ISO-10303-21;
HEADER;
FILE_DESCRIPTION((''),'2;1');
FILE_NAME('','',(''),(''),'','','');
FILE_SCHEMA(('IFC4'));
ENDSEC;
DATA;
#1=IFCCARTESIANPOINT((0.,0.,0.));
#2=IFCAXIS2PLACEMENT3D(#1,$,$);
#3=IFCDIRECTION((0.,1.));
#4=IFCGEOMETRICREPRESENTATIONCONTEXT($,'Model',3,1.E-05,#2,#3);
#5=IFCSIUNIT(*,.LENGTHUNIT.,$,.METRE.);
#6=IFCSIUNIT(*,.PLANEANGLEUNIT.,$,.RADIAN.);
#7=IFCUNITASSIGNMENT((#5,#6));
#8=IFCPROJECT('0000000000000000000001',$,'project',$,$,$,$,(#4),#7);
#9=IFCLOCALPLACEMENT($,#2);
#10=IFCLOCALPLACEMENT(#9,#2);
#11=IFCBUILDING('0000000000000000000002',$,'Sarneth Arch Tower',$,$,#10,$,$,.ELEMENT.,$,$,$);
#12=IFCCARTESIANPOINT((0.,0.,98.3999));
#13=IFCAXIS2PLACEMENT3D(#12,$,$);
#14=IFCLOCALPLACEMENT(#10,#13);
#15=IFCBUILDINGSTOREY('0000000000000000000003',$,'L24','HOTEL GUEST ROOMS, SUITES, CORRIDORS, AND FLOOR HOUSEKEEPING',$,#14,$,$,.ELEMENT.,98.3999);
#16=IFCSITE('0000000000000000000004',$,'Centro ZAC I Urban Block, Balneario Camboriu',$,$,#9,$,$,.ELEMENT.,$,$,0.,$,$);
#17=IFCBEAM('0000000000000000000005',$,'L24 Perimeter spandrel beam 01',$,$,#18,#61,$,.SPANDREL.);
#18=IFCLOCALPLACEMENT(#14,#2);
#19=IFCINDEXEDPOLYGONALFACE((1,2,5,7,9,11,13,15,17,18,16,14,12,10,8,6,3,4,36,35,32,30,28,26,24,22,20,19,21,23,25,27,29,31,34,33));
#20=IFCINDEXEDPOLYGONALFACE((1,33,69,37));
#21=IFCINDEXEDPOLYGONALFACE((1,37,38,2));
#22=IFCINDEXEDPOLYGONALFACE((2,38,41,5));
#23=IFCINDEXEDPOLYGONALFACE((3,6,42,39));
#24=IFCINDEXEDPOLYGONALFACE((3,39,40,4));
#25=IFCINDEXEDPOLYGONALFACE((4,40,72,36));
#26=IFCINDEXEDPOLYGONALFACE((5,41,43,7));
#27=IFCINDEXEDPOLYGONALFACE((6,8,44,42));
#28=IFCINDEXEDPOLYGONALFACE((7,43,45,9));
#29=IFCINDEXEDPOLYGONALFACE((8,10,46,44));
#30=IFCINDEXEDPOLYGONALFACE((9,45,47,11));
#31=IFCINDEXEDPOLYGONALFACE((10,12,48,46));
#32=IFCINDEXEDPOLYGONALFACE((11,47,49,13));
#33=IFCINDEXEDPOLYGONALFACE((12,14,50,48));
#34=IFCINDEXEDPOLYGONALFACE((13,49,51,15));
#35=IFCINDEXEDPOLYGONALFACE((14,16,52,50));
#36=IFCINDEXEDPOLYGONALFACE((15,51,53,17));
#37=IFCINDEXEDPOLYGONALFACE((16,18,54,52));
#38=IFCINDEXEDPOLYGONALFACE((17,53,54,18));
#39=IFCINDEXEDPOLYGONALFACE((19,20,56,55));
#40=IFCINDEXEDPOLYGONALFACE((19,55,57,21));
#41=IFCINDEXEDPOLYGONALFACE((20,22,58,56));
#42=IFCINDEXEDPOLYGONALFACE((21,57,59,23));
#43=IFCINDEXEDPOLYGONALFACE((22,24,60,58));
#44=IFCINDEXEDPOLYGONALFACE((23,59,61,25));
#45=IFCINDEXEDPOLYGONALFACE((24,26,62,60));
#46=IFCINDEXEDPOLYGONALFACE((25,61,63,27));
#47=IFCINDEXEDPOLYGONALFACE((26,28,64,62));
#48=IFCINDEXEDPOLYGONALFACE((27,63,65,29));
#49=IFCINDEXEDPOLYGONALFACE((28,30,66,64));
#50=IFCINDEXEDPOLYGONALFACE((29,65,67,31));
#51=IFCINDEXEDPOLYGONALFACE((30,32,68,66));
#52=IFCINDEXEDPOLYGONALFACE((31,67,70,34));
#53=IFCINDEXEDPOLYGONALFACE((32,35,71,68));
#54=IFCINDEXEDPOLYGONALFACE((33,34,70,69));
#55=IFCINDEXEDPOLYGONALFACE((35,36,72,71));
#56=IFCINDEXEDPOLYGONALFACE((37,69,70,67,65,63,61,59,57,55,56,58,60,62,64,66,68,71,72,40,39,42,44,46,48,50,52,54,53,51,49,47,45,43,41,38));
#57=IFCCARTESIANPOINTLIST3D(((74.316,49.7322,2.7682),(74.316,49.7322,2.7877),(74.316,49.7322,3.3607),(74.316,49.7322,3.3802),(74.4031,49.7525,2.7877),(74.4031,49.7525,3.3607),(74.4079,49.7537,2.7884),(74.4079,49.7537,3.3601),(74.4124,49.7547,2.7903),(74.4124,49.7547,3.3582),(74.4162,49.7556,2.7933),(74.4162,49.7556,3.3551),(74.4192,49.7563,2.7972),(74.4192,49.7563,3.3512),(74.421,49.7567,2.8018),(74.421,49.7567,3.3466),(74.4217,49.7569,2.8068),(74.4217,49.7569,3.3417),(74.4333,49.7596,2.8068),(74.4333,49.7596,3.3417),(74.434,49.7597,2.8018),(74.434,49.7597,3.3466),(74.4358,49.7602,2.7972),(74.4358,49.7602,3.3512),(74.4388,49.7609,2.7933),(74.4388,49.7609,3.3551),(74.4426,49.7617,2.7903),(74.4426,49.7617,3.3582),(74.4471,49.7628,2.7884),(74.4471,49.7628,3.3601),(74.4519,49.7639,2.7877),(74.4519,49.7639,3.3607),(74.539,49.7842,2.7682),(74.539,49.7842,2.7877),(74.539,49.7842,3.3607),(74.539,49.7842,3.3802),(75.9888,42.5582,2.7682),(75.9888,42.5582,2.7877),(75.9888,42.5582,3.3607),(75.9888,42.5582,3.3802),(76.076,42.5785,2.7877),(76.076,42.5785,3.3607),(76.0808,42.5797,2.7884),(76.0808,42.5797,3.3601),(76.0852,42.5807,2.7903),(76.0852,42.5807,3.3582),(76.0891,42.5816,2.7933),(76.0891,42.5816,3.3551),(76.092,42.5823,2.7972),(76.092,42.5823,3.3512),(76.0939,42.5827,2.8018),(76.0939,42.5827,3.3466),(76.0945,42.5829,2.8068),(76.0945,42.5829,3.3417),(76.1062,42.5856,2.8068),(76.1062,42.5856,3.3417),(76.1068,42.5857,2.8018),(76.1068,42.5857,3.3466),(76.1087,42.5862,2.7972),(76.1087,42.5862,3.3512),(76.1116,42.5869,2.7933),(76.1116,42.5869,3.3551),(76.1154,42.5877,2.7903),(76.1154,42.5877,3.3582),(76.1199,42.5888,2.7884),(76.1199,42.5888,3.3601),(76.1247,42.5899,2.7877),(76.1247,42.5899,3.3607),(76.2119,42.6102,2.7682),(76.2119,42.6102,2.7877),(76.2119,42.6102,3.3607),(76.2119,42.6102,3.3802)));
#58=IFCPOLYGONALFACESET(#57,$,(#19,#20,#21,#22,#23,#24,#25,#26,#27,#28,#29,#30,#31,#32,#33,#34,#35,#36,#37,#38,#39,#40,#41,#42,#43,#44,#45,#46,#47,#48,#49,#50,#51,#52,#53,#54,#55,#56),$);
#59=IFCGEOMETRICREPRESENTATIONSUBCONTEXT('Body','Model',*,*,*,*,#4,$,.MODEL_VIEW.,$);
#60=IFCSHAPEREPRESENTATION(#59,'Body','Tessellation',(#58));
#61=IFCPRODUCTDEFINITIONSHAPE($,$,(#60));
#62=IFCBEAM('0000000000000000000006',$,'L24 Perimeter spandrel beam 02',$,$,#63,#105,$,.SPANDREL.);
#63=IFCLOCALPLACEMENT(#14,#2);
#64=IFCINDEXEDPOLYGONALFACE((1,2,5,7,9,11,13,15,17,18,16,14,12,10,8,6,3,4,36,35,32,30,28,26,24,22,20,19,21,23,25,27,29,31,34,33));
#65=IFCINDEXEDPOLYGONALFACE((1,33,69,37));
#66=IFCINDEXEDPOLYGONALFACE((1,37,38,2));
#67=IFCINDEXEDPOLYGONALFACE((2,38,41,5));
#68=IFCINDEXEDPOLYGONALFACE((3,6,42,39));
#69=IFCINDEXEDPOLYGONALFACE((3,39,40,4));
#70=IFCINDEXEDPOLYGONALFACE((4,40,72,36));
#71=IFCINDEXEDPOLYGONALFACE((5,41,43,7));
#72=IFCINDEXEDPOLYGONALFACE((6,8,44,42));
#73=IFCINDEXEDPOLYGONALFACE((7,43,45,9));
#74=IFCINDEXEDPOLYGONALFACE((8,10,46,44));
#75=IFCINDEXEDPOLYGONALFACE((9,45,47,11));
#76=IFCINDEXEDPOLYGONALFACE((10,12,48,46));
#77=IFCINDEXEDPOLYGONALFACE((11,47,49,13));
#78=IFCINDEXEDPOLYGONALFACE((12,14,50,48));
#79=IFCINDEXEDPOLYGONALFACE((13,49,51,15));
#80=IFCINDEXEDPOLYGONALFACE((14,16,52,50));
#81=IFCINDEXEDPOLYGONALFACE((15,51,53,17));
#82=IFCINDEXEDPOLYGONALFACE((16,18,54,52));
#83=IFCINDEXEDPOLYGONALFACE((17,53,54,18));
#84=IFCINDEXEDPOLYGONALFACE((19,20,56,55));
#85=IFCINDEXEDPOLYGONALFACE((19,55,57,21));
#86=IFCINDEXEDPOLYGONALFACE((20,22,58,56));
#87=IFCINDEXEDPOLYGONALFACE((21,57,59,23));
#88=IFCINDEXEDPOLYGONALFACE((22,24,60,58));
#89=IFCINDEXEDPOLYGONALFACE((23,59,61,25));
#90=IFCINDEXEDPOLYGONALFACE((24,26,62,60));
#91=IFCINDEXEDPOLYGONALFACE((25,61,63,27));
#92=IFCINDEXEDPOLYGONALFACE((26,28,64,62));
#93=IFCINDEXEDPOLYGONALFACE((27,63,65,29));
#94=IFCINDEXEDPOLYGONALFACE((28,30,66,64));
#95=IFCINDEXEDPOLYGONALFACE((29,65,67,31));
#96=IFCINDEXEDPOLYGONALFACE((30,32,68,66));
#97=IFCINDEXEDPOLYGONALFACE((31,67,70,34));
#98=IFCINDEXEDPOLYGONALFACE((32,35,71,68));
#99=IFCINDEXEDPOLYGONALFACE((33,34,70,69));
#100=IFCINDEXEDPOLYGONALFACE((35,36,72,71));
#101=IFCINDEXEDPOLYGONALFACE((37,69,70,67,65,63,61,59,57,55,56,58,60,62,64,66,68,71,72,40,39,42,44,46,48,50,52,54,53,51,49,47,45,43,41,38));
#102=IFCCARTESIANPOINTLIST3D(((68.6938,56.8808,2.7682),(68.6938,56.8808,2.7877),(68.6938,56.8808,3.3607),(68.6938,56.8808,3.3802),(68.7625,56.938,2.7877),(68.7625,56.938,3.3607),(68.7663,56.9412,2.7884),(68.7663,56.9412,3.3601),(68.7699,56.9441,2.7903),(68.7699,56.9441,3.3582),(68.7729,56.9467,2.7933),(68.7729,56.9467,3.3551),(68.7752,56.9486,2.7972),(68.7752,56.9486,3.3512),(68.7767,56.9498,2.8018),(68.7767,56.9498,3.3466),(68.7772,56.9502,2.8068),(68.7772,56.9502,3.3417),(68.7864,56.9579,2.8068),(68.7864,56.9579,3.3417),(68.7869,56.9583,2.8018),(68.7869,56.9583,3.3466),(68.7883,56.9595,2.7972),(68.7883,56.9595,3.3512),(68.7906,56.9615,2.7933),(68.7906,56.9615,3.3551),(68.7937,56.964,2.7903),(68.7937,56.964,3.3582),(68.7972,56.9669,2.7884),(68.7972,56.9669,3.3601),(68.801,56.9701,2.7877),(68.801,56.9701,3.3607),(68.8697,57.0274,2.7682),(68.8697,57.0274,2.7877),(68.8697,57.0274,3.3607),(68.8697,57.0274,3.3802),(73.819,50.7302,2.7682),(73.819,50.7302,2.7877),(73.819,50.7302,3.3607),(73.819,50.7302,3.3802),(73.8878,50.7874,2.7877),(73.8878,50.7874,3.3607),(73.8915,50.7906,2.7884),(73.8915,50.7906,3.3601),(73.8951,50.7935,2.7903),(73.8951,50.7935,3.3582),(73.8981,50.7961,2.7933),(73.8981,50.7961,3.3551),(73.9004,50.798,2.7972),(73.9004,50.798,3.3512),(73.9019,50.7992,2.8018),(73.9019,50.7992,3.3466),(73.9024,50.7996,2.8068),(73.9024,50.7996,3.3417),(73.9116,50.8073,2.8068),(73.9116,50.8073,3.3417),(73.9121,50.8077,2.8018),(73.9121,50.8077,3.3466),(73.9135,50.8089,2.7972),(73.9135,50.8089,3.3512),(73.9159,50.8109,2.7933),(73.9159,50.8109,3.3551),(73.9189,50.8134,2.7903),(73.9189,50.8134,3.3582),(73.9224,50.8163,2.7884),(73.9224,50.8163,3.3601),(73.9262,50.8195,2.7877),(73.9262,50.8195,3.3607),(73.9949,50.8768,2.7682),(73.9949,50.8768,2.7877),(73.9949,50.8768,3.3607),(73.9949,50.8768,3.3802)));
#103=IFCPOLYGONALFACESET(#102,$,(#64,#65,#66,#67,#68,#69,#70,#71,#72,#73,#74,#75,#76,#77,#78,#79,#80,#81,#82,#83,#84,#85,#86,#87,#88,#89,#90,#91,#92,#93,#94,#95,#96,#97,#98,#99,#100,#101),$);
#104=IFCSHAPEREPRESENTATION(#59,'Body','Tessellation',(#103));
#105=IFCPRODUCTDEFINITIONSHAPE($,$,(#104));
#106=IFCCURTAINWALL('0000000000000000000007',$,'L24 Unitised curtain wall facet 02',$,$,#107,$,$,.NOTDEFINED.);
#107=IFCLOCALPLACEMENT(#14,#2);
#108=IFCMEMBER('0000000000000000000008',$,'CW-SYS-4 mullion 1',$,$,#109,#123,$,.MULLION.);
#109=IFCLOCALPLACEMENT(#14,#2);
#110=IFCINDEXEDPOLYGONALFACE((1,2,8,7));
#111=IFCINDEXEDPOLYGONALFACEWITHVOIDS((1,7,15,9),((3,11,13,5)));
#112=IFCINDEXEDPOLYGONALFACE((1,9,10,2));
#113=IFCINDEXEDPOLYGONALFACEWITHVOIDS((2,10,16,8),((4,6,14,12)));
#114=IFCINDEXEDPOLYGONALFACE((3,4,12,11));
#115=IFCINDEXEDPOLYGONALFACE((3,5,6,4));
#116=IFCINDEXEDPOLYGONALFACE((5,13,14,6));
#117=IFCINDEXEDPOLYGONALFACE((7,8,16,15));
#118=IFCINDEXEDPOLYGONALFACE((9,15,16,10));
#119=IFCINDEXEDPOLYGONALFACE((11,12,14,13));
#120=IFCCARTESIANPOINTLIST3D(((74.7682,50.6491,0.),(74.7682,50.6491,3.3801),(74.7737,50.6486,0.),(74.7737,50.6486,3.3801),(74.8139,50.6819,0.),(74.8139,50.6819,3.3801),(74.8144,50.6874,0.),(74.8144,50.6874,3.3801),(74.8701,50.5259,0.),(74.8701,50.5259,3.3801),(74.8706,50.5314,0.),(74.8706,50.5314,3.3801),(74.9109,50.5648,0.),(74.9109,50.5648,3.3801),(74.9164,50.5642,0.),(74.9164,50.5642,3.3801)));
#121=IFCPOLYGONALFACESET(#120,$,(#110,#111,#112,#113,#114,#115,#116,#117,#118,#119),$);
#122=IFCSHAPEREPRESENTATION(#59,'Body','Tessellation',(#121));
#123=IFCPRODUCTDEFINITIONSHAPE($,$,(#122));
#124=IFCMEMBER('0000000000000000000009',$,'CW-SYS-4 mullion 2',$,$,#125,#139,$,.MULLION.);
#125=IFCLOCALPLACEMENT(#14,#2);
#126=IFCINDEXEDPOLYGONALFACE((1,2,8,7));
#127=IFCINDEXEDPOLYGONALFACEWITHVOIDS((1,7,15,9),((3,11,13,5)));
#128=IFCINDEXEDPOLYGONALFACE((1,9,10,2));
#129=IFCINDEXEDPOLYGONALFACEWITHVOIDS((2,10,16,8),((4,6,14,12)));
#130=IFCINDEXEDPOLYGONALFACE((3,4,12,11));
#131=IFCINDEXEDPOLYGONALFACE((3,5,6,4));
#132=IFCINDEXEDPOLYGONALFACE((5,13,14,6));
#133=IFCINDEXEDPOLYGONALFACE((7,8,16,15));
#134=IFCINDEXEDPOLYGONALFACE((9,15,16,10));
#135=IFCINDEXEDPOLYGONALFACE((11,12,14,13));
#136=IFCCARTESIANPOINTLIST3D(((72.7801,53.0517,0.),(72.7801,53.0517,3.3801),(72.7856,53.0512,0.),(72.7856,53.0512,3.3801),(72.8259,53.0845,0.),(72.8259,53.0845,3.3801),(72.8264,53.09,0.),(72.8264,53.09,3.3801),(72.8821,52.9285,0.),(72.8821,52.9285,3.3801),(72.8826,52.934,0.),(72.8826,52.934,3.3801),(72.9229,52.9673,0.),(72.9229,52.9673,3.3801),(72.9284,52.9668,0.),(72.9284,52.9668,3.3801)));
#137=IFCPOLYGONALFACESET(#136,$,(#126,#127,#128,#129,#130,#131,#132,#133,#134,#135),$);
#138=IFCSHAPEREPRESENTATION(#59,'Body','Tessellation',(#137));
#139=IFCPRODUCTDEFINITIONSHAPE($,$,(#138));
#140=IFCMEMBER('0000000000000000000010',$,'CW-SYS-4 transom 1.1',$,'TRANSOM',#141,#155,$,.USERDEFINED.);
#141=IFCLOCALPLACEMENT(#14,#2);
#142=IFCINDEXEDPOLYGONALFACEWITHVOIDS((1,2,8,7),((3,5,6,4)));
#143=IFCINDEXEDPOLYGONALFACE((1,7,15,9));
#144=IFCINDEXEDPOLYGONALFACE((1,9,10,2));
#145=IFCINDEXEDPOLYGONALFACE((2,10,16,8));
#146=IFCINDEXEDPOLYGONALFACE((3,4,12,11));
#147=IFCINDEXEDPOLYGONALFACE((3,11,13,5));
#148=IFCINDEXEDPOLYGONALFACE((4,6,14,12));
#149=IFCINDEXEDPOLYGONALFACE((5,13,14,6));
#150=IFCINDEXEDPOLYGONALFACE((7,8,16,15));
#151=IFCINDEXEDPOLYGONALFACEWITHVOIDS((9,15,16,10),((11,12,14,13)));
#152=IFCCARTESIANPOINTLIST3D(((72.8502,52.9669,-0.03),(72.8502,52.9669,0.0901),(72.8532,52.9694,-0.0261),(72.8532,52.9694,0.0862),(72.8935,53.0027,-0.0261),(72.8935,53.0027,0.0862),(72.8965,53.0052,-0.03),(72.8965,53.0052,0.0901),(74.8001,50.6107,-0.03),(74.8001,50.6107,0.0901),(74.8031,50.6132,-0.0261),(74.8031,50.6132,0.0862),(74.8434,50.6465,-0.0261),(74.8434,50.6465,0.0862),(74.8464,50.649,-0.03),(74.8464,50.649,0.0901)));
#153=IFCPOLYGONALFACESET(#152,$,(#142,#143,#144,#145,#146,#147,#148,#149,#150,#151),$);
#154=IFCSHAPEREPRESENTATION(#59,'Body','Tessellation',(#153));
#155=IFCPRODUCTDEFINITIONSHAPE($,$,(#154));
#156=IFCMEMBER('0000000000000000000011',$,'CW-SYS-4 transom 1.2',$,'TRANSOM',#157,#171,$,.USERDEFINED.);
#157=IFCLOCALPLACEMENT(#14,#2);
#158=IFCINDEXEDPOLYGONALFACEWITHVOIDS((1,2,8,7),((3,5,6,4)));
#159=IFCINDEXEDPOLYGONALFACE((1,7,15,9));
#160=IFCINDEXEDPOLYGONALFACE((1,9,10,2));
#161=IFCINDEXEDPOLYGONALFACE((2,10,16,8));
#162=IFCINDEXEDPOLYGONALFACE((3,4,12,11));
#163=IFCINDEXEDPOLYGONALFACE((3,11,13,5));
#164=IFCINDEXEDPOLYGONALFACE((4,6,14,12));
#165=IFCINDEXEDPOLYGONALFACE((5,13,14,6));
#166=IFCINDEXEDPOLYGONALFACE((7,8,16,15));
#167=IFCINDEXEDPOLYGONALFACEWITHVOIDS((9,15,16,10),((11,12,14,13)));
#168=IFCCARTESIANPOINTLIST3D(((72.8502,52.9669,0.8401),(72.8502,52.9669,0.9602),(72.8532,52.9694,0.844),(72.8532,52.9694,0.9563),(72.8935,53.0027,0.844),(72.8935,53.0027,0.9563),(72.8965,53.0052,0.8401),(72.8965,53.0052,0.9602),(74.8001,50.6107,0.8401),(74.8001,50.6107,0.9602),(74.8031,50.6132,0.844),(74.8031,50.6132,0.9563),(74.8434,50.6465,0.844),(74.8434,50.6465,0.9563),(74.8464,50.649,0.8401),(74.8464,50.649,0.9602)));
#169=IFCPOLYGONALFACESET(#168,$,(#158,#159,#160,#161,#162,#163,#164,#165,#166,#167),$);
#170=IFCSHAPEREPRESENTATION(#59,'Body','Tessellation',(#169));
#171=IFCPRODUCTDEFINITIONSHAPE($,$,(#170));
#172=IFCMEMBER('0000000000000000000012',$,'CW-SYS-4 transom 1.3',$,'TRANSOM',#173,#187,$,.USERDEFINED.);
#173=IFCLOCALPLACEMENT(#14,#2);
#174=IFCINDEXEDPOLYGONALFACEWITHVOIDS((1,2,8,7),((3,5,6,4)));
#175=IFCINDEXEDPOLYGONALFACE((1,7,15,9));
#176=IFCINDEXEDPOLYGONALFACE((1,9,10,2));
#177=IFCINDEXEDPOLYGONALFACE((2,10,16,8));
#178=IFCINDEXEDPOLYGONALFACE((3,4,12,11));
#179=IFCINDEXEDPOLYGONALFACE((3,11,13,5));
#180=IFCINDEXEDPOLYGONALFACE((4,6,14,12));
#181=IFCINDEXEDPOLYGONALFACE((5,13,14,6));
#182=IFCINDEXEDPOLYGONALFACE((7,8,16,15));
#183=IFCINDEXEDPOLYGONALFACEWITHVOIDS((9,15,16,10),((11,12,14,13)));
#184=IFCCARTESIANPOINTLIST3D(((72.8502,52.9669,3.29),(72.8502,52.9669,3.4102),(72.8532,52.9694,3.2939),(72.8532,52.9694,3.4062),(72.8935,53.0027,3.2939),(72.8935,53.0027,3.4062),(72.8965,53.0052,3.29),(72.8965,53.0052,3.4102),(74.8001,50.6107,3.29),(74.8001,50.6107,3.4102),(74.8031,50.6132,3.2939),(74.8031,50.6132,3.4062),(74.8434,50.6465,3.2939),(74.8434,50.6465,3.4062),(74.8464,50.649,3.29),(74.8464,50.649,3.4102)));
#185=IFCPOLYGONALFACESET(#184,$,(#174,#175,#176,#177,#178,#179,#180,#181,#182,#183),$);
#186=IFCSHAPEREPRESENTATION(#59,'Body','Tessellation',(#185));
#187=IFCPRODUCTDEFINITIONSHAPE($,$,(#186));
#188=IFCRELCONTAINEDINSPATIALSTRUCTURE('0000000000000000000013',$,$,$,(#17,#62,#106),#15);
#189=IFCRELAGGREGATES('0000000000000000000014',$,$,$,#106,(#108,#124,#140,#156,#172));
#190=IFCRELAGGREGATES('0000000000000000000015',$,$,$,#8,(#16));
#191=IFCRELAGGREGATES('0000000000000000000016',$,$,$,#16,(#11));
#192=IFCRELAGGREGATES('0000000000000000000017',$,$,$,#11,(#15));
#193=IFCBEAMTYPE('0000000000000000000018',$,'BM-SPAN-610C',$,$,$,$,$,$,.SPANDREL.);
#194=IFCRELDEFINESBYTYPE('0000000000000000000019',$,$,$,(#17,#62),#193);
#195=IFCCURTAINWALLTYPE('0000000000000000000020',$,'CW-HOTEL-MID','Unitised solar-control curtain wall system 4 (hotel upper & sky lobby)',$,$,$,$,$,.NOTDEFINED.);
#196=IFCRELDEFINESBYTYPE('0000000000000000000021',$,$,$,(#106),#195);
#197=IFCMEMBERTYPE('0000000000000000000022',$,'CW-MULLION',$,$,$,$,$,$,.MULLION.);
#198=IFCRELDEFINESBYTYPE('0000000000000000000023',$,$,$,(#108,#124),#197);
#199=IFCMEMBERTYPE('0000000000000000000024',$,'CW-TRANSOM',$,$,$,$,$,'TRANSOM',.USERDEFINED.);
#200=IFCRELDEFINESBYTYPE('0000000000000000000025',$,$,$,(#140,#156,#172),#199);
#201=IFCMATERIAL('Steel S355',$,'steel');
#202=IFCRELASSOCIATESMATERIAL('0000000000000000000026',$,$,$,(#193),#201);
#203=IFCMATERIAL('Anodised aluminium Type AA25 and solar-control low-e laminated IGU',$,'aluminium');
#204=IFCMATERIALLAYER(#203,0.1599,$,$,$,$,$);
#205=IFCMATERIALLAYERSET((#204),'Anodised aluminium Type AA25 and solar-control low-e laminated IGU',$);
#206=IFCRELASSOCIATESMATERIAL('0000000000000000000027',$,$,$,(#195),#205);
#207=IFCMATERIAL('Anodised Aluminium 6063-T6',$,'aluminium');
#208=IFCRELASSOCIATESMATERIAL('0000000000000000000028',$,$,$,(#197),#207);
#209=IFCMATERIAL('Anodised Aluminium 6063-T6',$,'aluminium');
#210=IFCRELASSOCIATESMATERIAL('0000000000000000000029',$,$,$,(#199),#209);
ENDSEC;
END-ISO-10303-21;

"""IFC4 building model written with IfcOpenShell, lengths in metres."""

from ifc_helpers import new_model, si_unit, direction, frame, origin, origin_2d, place, context, subcontext, project, spatial, hollow_rectangle, i_section, extrude, material, layer, layer_set, material_profile, profile_set, type_object, element, aggregate, save


model = new_model("IFC4")

# Units and contexts
model_context = context("Model", 3, precision=1e-05, world=origin(), true_north=direction((0.0, 1.0)))
body_context = subcontext(model_context, "Body", "Model", "MODEL_VIEW")
ifc_project = project(units=[si_unit("LENGTHUNIT", "METRE"), si_unit("PLANEANGLEUNIT", "RADIAN")], contexts=[model_context])

# Site, building, storey
site_placement = place(None, origin())
site = spatial("IfcSite", under=ifc_project, at=site_placement, Name="Centro ZAC I Urban Block, Balneario Camboriu", CompositionType="ELEMENT", RefElevation=0.0)
building_placement = place(site_placement, origin())
building = spatial("IfcBuilding", under=site, at=building_placement, Name="Sarneth Arch Tower", CompositionType="ELEMENT")
storey_placement = place(building_placement, frame((0.0, 0.0, 98.3999)))
storey = spatial("IfcBuildingStorey", under=building, at=storey_placement, Name="L24", Description="HOTEL GUEST ROOMS, SUITES, CORRIDORS, AND FLOOR HOUSEKEEPING", CompositionType="ELEMENT", Elevation=98.3999)

# Beams
ifc_material_1 = material(Name="Steel S355", Category="steel")
ifc_material_profile_1 = material_profile(ifc_material_1, i_section(OverallWidth=0.229, OverallDepth=0.6121, WebThickness=0.012, FlangeThickness=0.0195, FilletRadius=0.019, at=origin_2d()), Name="W610x125")
ifc_profile_set_1 = profile_set([ifc_material_profile_1], Name="Steel S355")
beam_type = type_object("IfcBeamType", Name="BM-SPAN-610C", PredefinedType="SPANDREL", material=ifc_profile_set_1)
beam_1_placement = place(storey_placement, frame((76.1003, 42.5842, 3.0742), z_axis=(-0.227088, 0.973874, 0.0), x_axis=(-0.973874, -0.227088, 0.0)))
element("IfcBeam", 1, at=beam_1_placement, inside=storey, type_object=beam_type, Name="L24 Perimeter spandrel beam 01", PredefinedType="SPANDREL", context=body_context, shape_type="SweptSolid", body=[
    extrude(i_section(OverallWidth=0.229, OverallDepth=0.6121, WebThickness=0.012, FlangeThickness=0.0195, FilletRadius=0.019, at=origin_2d()), origin(), (0.0, 0.0, 1.0), 7.3665),
])
beam_2_placement = place(storey_placement, frame((73.907, 50.8035, 3.0742), z_axis=(-0.640163, 0.768239, 0.0), x_axis=(-0.768239, -0.640163, 0.0)))
element("IfcBeam", 2, at=beam_2_placement, inside=storey, type_object=beam_type, Name="L24 Perimeter spandrel beam 02", PredefinedType="SPANDREL", context=body_context, shape_type="SweptSolid", body=[
    extrude(i_section(OverallWidth=0.229, OverallDepth=0.6121, WebThickness=0.012, FlangeThickness=0.0195, FilletRadius=0.019, at=origin_2d()), origin(), (0.0, 0.0, 1.0), 8.0061),
])

# Curtain wall, members
ifc_material_2 = material(Name="Anodised aluminium Type AA25 and solar-control low-e laminated IGU", Category="aluminium")
ifc_layer_1 = layer(ifc_material_2, 0.1599)
ifc_layer_set_1 = layer_set([ifc_layer_1], Name="Anodised aluminium Type AA25 and solar-control low-e laminated IGU")
curtain_wall_type = type_object("IfcCurtainWallType", Name="CW-HOTEL-MID", Description="Unitised solar-control curtain wall system 4 (hotel upper & sky lobby)", PredefinedType="NOTDEFINED", material=ifc_layer_set_1)
curtain_wall_placement = place(storey_placement, origin())
curtain_wall = element("IfcCurtainWall", 3, at=curtain_wall_placement, inside=storey, type_object=curtain_wall_type, Name="L24 Unitised curtain wall facet 02", PredefinedType="NOTDEFINED")
ifc_material_3 = material(Name="Anodised Aluminium 6063-T6", Category="aluminium")
ifc_material_profile_2 = material_profile(ifc_material_3, hollow_rectangle(XDim=0.0601, YDim=0.1599, WallThickness=0.0039, at=origin_2d()), Name="AL-MULL-160x60x4")
ifc_profile_set_2 = profile_set([ifc_material_profile_2], Name="Anodised Aluminium 6063-T6")
member_type_1 = type_object("IfcMemberType", Name="CW-MULLION", PredefinedType="MULLION", material=ifc_profile_set_2)
member_1_placement = place(storey_placement, frame((74.8423, 50.6067, 0.0), z_axis=(0.0, 0.0, 1.0), x_axis=(-0.770438, -0.637515, 0.0)))
member_1 = element("IfcMember", 4, at=member_1_placement, type_object=member_type_1, Name="CW-SYS-4 mullion 1", PredefinedType="MULLION", context=body_context, shape_type="SweptSolid", body=[
    extrude(hollow_rectangle(XDim=0.0601, YDim=0.1599, WallThickness=0.0039, at=origin_2d()), origin(), (0.0, 0.0, 1.0), 3.3801),
])
member_2_placement = place(storey_placement, frame((72.8542, 53.0093, 0.0), z_axis=(0.0, 0.0, 1.0), x_axis=(-0.770438, -0.637515, 0.0)))
member_2 = element("IfcMember", 5, at=member_2_placement, type_object=member_type_1, Name="CW-SYS-4 mullion 2", PredefinedType="MULLION", context=body_context, shape_type="SweptSolid", body=[
    extrude(hollow_rectangle(XDim=0.0601, YDim=0.1599, WallThickness=0.0039, at=origin_2d()), origin(), (0.0, 0.0, 1.0), 3.3801),
])
ifc_material_4 = material(Name="Anodised Aluminium 6063-T6", Category="aluminium")
ifc_material_profile_3 = material_profile(ifc_material_4, hollow_rectangle(XDim=0.0601, YDim=0.1201, WallThickness=0.0039, at=origin_2d()), Name="AL-TRAN-120x60x4")
ifc_profile_set_3 = profile_set([ifc_material_profile_3], Name="Anodised Aluminium 6063-T6")
member_type_2 = type_object("IfcMemberType", Name="CW-TRANSOM", ElementType="TRANSOM", PredefinedType="USERDEFINED", material=ifc_profile_set_3)
member_3_placement = place(storey_placement, frame((74.8232, 50.6299, 0.03), z_axis=(-0.637566, 0.770396, 0.0), x_axis=(-0.770396, -0.637566, 0.0)))
member_3 = element("IfcMember", 6, at=member_3_placement, type_object=member_type_2, Name="CW-SYS-4 transom 1.1", ObjectType="TRANSOM", PredefinedType="USERDEFINED", context=body_context, shape_type="SweptSolid", body=[
    extrude(hollow_rectangle(XDim=0.0601, YDim=0.1201, WallThickness=0.0039, at=origin_2d()), origin(), (0.0, 0.0, 1.0), 3.0583),
])
member_4_placement = place(storey_placement, frame((74.8232, 50.6299, 0.9001), z_axis=(-0.637566, 0.770396, 0.0), x_axis=(-0.770396, -0.637566, 0.0)))
member_4 = element("IfcMember", 7, at=member_4_placement, type_object=member_type_2, Name="CW-SYS-4 transom 1.2", ObjectType="TRANSOM", PredefinedType="USERDEFINED", context=body_context, shape_type="SweptSolid", body=[
    extrude(hollow_rectangle(XDim=0.0601, YDim=0.1201, WallThickness=0.0039, at=origin_2d()), origin(), (0.0, 0.0, 1.0), 3.0583),
])
member_5_placement = place(storey_placement, frame((74.8232, 50.6299, 3.3501), z_axis=(-0.637566, 0.770396, 0.0), x_axis=(-0.770396, -0.637566, 0.0)))
member_5 = element("IfcMember", 8, at=member_5_placement, type_object=member_type_2, Name="CW-SYS-4 transom 1.3", ObjectType="TRANSOM", PredefinedType="USERDEFINED", context=body_context, shape_type="SweptSolid", body=[
    extrude(hollow_rectangle(XDim=0.0601, YDim=0.1201, WallThickness=0.0039, at=origin_2d()), origin(), (0.0, 0.0, 1.0), 3.0583),
])

aggregate(curtain_wall, [member_1, member_2, member_3, member_4, member_5])

save(model, "model.ifc")
